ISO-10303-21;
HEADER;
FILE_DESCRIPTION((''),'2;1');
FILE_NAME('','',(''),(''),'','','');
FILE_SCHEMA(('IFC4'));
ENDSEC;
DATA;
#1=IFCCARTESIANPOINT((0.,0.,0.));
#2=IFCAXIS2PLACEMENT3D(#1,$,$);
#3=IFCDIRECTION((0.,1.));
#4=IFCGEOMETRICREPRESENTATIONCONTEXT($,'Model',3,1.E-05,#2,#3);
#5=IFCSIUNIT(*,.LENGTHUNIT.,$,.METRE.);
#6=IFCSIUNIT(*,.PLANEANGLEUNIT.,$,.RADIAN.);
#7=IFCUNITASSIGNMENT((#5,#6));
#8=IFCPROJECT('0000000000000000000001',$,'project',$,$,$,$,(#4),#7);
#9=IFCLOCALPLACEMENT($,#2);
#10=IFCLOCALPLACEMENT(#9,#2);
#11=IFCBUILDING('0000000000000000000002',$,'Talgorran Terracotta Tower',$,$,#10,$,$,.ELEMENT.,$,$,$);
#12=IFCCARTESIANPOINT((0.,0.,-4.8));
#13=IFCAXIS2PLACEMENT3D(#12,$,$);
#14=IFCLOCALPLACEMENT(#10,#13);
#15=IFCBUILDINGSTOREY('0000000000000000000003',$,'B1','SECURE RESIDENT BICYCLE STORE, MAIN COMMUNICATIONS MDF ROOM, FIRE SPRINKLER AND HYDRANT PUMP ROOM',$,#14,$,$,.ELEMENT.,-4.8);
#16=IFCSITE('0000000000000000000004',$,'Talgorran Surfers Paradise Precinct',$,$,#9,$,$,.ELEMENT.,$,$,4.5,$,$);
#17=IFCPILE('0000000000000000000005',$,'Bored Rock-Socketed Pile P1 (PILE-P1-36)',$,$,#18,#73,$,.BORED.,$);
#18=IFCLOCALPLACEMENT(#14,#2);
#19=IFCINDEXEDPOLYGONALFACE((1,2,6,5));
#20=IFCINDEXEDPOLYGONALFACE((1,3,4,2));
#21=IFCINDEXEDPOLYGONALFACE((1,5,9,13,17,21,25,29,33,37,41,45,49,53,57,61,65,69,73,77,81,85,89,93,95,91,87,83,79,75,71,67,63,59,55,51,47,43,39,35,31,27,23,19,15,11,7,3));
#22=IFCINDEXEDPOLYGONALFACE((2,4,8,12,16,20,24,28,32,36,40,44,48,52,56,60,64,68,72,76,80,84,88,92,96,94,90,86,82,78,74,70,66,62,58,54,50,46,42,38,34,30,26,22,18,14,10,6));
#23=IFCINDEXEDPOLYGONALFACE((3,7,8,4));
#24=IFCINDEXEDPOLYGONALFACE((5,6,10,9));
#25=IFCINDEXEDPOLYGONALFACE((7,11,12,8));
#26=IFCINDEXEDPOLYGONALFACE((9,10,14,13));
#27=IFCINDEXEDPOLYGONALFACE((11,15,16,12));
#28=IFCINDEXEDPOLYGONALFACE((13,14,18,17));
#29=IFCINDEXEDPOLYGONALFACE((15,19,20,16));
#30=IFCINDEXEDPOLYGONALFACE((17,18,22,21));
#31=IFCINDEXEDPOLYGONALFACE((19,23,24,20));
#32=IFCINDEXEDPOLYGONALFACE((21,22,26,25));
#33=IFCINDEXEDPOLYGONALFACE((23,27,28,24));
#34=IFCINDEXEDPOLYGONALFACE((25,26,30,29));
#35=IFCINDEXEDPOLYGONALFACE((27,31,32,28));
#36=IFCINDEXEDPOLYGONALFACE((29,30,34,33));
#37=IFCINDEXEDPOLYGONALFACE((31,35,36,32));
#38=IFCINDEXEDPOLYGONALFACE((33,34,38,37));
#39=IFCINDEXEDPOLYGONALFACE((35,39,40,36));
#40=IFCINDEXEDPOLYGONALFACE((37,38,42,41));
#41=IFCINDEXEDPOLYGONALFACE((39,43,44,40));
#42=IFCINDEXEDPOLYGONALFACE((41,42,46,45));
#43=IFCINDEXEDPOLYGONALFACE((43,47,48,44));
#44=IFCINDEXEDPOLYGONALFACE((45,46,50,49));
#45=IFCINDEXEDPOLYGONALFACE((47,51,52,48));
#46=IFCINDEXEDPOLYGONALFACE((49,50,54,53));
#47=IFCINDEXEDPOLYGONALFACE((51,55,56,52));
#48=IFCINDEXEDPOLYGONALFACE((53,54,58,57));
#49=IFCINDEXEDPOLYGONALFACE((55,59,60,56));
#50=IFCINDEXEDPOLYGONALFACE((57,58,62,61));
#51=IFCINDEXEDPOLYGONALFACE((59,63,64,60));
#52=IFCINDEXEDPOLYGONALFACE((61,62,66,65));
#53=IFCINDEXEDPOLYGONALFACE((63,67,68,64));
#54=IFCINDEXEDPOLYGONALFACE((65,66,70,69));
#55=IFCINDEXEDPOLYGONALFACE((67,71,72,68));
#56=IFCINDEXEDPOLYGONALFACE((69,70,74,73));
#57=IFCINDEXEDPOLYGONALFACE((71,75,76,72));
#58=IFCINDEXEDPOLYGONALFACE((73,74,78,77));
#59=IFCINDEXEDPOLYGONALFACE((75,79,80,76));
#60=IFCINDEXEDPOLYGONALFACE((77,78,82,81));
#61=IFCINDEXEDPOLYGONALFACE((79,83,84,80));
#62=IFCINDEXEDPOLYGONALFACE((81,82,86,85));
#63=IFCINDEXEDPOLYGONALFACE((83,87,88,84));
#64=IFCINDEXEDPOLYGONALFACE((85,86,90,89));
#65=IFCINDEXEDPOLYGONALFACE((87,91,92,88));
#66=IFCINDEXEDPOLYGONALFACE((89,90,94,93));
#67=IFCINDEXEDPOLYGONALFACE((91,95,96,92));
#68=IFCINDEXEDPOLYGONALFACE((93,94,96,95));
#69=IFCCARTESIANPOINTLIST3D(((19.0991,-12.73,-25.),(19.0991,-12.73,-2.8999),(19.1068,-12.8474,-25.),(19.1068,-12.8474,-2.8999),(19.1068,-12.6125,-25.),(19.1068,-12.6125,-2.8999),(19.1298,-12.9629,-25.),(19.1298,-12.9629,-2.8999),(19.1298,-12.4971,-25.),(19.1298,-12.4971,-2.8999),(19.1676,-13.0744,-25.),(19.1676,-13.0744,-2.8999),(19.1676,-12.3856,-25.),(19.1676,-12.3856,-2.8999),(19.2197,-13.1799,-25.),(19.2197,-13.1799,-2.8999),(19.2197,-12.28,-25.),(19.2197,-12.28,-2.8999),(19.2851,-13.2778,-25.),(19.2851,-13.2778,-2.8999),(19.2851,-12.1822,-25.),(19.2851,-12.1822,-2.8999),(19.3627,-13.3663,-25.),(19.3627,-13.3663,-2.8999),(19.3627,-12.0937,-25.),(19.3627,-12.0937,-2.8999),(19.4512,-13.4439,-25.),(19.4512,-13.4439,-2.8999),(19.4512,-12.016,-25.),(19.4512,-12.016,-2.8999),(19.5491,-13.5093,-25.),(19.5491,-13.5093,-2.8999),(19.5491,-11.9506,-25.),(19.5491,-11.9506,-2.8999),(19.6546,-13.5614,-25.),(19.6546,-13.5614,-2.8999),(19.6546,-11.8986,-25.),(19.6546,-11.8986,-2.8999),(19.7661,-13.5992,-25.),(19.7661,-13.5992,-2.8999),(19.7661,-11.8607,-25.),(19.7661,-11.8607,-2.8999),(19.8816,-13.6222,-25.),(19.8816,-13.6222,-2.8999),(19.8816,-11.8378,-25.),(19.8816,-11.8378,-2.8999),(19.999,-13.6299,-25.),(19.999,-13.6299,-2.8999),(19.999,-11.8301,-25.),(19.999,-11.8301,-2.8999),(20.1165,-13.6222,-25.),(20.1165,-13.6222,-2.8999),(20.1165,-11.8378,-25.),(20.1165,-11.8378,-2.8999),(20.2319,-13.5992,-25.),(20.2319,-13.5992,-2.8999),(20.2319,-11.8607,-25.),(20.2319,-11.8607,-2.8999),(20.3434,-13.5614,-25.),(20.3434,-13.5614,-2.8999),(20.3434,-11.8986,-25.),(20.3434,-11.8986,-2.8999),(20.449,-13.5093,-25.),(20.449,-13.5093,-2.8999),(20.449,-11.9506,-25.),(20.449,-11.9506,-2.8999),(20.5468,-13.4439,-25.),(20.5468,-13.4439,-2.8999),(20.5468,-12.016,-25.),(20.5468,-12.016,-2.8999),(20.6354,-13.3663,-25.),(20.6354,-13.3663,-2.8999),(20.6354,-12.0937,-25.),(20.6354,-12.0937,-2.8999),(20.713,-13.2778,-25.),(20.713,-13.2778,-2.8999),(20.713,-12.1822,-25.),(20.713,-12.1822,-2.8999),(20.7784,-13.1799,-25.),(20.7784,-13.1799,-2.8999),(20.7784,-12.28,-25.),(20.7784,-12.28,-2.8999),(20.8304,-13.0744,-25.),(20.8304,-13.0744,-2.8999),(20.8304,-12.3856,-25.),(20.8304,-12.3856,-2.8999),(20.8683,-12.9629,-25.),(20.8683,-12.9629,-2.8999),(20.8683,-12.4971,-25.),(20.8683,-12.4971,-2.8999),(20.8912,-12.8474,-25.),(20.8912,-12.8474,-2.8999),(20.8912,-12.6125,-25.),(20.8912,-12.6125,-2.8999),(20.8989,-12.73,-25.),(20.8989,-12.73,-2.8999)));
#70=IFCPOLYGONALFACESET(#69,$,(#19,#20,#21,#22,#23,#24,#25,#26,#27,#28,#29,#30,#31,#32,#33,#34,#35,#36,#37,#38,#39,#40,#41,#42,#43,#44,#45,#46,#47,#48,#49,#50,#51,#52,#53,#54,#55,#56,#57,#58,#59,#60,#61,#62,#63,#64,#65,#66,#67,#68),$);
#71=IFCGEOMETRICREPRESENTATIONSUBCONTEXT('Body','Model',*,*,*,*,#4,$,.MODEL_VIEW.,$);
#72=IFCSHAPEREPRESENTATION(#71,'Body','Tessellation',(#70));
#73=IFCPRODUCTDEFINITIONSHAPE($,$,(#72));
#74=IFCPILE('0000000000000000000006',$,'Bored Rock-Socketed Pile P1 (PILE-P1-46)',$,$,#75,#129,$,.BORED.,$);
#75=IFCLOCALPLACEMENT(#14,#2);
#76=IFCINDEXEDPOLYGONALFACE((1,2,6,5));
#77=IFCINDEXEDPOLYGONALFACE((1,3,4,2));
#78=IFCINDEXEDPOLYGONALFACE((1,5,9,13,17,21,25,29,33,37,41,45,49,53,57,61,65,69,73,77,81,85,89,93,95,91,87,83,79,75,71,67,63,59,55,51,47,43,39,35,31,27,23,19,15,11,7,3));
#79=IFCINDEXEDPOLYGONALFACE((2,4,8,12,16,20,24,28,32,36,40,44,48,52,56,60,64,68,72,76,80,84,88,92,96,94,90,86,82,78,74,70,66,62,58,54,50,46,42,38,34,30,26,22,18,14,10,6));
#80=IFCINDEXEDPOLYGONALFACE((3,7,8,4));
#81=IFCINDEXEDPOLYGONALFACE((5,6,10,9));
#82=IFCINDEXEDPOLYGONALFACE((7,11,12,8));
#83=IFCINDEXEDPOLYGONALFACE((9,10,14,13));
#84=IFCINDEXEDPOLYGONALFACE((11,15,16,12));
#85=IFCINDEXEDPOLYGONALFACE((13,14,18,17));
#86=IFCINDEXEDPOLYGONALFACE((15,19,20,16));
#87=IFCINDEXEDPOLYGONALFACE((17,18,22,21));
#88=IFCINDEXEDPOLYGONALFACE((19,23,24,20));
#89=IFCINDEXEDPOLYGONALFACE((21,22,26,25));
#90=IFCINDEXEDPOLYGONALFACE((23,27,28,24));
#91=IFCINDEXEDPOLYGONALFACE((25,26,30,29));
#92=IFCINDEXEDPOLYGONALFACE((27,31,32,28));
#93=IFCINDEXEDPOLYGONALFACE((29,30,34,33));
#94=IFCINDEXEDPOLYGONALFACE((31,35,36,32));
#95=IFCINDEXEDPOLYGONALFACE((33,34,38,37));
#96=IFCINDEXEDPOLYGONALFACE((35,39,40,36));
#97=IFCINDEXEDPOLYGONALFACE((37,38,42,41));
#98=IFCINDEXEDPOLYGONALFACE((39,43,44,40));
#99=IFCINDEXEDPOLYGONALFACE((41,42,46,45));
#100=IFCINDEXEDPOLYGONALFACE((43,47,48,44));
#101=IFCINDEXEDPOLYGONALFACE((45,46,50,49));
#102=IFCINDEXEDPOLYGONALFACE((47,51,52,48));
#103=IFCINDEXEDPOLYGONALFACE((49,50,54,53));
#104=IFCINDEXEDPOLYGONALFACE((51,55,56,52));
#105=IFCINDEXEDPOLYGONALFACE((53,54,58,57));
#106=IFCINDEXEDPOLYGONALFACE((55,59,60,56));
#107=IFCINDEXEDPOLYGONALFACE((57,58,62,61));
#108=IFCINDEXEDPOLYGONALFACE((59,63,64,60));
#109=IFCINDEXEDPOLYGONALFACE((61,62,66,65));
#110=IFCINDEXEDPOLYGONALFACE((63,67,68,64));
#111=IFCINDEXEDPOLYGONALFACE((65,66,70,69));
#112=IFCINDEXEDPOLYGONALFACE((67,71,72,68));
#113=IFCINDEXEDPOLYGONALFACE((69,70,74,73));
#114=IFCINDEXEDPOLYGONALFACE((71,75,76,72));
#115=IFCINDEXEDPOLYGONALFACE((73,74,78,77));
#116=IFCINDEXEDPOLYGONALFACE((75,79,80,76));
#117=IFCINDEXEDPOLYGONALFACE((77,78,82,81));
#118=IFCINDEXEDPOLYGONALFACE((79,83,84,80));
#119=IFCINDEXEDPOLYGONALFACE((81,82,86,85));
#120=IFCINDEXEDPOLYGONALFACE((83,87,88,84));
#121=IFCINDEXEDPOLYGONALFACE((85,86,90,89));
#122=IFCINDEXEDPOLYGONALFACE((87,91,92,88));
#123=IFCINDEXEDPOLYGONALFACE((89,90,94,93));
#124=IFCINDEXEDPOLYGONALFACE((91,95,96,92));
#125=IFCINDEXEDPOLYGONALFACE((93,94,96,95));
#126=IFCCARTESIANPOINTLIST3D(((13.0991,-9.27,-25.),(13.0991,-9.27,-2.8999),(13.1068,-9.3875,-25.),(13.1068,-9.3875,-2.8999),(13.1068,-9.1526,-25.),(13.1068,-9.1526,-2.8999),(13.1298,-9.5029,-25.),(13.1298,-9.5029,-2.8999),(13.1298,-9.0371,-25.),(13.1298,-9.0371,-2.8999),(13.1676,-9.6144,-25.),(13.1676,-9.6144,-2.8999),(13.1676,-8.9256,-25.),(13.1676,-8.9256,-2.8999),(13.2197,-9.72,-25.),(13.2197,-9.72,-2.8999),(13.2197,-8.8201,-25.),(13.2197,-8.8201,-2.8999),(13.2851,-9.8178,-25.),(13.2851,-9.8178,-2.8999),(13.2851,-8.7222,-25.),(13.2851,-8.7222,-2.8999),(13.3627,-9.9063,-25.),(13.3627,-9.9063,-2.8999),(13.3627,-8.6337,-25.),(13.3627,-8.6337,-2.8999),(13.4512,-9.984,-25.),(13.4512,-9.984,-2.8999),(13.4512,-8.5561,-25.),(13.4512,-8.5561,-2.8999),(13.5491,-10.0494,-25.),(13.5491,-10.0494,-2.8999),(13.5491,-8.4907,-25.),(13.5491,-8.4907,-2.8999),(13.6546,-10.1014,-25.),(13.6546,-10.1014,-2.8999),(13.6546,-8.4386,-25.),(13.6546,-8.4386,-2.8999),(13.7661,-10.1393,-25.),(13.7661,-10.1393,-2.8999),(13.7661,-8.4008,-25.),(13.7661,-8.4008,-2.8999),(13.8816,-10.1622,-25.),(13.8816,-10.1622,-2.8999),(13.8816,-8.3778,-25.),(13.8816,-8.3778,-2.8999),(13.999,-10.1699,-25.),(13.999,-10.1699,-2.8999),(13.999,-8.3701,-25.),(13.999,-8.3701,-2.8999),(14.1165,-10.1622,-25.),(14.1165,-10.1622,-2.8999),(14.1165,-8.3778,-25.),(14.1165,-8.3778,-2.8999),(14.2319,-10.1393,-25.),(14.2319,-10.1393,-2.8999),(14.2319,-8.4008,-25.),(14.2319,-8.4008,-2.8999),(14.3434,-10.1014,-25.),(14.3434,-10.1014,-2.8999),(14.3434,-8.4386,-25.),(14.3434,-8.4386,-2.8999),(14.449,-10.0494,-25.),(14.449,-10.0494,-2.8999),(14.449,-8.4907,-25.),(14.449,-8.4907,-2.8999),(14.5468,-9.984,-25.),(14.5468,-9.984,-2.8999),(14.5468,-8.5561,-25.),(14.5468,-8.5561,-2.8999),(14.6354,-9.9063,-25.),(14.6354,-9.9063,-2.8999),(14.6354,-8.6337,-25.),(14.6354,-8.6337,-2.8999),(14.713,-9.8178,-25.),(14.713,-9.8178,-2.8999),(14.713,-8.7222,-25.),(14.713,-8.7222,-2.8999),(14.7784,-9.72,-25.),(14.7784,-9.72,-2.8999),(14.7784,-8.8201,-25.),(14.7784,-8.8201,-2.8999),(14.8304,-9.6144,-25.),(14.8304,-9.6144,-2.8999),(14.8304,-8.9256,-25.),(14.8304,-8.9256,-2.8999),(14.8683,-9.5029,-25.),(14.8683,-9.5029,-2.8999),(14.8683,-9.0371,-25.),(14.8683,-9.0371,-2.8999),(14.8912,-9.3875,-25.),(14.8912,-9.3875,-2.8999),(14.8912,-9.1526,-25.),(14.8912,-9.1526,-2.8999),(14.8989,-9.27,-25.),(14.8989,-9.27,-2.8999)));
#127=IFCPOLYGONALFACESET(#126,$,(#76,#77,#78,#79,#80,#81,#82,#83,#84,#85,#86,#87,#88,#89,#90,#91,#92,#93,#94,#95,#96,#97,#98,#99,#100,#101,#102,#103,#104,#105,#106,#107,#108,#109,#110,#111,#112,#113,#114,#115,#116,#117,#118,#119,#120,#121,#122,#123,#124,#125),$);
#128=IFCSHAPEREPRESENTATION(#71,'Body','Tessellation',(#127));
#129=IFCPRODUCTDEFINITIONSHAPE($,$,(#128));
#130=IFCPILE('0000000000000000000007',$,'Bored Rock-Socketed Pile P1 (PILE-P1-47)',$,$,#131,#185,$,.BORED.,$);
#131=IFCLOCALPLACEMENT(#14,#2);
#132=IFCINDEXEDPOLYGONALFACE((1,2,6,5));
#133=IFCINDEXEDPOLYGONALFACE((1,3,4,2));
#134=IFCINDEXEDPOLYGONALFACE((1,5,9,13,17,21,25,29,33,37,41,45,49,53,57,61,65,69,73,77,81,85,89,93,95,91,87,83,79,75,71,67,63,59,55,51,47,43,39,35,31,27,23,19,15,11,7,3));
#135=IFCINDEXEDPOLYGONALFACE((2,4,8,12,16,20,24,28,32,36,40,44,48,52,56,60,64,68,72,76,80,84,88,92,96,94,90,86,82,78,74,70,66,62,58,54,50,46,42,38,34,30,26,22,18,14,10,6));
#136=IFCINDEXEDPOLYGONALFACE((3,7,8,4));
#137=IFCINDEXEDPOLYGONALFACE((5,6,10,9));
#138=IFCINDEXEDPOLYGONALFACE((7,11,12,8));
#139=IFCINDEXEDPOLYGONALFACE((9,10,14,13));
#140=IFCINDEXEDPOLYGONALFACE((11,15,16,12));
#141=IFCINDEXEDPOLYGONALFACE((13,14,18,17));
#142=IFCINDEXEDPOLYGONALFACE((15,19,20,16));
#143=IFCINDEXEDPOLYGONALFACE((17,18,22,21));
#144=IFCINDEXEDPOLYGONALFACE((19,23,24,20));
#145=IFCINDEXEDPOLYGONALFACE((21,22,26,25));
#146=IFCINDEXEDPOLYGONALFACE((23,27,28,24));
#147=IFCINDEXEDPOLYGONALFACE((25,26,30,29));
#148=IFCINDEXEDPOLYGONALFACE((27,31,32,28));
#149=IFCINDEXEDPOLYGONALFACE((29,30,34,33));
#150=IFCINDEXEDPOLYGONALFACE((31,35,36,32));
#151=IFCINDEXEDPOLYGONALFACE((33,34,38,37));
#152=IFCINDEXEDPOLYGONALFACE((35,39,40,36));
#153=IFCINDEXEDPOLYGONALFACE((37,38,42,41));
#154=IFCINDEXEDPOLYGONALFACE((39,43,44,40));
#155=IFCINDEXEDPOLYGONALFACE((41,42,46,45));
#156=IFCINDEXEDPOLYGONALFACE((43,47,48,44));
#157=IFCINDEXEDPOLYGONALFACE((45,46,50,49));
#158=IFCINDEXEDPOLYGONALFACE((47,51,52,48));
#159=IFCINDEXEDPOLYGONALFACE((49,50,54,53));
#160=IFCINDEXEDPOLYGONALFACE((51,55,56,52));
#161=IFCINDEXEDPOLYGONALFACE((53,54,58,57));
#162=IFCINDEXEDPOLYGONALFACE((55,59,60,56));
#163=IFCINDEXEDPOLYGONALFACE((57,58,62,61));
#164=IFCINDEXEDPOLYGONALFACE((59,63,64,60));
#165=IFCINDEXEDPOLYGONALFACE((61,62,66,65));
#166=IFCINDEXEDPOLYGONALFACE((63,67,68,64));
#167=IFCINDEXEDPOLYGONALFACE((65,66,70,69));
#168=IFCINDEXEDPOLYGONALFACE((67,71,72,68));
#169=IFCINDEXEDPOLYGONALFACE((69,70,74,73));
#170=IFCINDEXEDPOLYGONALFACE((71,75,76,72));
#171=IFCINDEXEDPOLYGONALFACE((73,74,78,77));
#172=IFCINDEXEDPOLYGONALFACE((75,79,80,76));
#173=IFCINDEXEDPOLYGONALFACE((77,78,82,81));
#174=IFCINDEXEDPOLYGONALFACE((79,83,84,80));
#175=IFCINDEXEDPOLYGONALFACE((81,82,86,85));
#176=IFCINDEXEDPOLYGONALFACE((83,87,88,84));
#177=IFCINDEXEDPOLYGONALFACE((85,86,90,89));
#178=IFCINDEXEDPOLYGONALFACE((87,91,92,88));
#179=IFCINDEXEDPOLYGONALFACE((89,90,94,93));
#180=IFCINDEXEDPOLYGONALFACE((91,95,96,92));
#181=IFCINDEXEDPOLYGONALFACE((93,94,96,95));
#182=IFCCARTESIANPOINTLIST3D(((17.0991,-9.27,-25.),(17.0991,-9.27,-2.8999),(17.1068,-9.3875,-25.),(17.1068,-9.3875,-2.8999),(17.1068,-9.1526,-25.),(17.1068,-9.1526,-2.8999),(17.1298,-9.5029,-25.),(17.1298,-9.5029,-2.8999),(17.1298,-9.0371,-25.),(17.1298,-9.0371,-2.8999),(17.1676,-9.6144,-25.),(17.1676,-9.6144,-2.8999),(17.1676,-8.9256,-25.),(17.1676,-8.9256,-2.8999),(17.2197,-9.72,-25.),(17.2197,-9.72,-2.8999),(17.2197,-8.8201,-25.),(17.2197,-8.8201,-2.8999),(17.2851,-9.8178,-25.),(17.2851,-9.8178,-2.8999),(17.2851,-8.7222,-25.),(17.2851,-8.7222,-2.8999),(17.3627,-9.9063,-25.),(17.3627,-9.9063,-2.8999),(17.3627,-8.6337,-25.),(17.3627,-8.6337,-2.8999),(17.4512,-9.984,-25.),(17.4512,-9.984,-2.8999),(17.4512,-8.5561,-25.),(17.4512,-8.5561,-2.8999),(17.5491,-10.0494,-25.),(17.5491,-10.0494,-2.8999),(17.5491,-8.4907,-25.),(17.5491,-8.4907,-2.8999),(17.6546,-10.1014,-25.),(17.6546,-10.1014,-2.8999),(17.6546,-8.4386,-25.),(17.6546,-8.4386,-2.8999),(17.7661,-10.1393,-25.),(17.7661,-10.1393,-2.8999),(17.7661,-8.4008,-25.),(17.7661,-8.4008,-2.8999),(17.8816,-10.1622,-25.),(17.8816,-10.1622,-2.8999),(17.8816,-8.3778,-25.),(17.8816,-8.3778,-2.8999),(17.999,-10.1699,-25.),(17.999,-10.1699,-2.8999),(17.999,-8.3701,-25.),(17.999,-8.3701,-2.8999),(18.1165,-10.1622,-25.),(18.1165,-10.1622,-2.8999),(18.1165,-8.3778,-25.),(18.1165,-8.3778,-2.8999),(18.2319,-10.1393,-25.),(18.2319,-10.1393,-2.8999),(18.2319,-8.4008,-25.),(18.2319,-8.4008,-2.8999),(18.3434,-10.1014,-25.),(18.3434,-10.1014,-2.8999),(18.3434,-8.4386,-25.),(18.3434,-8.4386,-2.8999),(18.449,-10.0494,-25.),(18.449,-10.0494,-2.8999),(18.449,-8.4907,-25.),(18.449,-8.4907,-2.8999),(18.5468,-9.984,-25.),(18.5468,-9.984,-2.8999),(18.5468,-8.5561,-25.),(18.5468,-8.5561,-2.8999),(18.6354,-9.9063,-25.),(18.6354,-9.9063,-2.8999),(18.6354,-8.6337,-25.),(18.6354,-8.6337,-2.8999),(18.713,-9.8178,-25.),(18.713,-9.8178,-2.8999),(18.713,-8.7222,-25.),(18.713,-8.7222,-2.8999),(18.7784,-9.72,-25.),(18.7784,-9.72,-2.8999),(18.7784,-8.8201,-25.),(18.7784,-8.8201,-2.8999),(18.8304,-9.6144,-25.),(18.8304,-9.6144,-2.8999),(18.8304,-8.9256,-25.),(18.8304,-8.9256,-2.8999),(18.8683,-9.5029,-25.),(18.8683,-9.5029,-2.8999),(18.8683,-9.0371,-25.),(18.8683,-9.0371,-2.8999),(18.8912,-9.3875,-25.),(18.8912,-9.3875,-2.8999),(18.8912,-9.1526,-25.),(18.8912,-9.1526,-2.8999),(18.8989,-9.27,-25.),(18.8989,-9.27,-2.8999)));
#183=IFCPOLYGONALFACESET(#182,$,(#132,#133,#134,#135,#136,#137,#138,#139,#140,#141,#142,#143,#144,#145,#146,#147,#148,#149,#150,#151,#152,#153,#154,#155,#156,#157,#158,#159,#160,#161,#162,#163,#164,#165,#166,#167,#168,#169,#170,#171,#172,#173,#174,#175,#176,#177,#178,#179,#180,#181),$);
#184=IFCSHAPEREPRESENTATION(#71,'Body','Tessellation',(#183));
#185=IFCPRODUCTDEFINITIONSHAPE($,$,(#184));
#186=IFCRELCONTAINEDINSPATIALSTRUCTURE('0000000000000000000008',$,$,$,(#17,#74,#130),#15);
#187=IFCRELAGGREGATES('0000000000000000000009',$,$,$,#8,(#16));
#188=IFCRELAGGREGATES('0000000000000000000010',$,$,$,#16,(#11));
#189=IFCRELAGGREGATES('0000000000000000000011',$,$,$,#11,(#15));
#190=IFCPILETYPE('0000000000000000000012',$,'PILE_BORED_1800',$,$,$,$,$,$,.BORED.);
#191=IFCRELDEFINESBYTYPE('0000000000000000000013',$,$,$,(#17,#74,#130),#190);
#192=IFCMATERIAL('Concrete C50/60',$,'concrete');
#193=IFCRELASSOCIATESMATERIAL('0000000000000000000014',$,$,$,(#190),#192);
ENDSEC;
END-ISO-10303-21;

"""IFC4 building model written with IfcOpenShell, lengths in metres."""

from ifc_helpers import new_model, si_unit, direction, frame, origin, origin_2d, place, context, subcontext, project, spatial, circle, extrude, material, material_profile, profile_set, type_object, element, save


model = new_model("IFC4")

# Units and contexts
model_context = context("Model", 3, precision=1e-05, world=origin(), true_north=direction((0.0, 1.0)))
body_context = subcontext(model_context, "Body", "Model", "MODEL_VIEW")
ifc_project = project(units=[si_unit("LENGTHUNIT", "METRE"), si_unit("PLANEANGLEUNIT", "RADIAN")], contexts=[model_context])

# Site, building, storey
site_placement = place(None, origin())
site = spatial("IfcSite", under=ifc_project, at=site_placement, Name="Talgorran Surfers Paradise Precinct", CompositionType="ELEMENT", RefElevation=4.5)
building_placement = place(site_placement, origin())
building = spatial("IfcBuilding", under=site, at=building_placement, Name="Talgorran Terracotta Tower", CompositionType="ELEMENT")
storey_placement = place(building_placement, frame((0.0, 0.0, -4.8)))
storey = spatial("IfcBuildingStorey", under=building, at=storey_placement, Name="B1", Description="SECURE RESIDENT BICYCLE STORE, MAIN COMMUNICATIONS MDF ROOM, FIRE SPRINKLER AND HYDRANT PUMP ROOM", CompositionType="ELEMENT", Elevation=-4.8)

# Shared definitions
ifc_material_1 = material(Name="Concrete C50/60", Category="concrete")

# Piles
ifc_material_profile_1 = material_profile(ifc_material_1, circle(Radius=0.8999, at=origin_2d()), Name="PILE1800")
ifc_profile_set_1 = profile_set([ifc_material_profile_1], Name="Concrete C50/60")
pile_type = type_object("IfcPileType", Name="PILE_BORED_1800", PredefinedType="BORED", material=ifc_profile_set_1)
for number, where, z_axis, x_axis, name in (
    (1, (19.999, -12.73, -2.8999), (0.0, 0.0, -1.0), (1.0, 0.0, 0.0), "Bored Rock-Socketed Pile P1 (PILE-P1-36)"),
    (2, (13.999, -9.27, -2.8999), (0.0, 0.0, -1.0), (1.0, 0.0, 0.0), "Bored Rock-Socketed Pile P1 (PILE-P1-46)"),
    (3, (17.999, -9.27, -2.8999), (0.0, 0.0, -1.0), (1.0, 0.0, 0.0), "Bored Rock-Socketed Pile P1 (PILE-P1-47)"),
):
    element("IfcPile", number, at=place(storey_placement, frame(where, z_axis=z_axis, x_axis=x_axis)), inside=storey, type_object=pile_type, Name=name, PredefinedType="BORED", context=body_context, shape_type="SweptSolid", body=[
        extrude(circle(Radius=0.8999, at=origin_2d()), origin(), (0.0, 0.0, 1.0), 22.1001),
    ])

save(model, "model.ifc")
